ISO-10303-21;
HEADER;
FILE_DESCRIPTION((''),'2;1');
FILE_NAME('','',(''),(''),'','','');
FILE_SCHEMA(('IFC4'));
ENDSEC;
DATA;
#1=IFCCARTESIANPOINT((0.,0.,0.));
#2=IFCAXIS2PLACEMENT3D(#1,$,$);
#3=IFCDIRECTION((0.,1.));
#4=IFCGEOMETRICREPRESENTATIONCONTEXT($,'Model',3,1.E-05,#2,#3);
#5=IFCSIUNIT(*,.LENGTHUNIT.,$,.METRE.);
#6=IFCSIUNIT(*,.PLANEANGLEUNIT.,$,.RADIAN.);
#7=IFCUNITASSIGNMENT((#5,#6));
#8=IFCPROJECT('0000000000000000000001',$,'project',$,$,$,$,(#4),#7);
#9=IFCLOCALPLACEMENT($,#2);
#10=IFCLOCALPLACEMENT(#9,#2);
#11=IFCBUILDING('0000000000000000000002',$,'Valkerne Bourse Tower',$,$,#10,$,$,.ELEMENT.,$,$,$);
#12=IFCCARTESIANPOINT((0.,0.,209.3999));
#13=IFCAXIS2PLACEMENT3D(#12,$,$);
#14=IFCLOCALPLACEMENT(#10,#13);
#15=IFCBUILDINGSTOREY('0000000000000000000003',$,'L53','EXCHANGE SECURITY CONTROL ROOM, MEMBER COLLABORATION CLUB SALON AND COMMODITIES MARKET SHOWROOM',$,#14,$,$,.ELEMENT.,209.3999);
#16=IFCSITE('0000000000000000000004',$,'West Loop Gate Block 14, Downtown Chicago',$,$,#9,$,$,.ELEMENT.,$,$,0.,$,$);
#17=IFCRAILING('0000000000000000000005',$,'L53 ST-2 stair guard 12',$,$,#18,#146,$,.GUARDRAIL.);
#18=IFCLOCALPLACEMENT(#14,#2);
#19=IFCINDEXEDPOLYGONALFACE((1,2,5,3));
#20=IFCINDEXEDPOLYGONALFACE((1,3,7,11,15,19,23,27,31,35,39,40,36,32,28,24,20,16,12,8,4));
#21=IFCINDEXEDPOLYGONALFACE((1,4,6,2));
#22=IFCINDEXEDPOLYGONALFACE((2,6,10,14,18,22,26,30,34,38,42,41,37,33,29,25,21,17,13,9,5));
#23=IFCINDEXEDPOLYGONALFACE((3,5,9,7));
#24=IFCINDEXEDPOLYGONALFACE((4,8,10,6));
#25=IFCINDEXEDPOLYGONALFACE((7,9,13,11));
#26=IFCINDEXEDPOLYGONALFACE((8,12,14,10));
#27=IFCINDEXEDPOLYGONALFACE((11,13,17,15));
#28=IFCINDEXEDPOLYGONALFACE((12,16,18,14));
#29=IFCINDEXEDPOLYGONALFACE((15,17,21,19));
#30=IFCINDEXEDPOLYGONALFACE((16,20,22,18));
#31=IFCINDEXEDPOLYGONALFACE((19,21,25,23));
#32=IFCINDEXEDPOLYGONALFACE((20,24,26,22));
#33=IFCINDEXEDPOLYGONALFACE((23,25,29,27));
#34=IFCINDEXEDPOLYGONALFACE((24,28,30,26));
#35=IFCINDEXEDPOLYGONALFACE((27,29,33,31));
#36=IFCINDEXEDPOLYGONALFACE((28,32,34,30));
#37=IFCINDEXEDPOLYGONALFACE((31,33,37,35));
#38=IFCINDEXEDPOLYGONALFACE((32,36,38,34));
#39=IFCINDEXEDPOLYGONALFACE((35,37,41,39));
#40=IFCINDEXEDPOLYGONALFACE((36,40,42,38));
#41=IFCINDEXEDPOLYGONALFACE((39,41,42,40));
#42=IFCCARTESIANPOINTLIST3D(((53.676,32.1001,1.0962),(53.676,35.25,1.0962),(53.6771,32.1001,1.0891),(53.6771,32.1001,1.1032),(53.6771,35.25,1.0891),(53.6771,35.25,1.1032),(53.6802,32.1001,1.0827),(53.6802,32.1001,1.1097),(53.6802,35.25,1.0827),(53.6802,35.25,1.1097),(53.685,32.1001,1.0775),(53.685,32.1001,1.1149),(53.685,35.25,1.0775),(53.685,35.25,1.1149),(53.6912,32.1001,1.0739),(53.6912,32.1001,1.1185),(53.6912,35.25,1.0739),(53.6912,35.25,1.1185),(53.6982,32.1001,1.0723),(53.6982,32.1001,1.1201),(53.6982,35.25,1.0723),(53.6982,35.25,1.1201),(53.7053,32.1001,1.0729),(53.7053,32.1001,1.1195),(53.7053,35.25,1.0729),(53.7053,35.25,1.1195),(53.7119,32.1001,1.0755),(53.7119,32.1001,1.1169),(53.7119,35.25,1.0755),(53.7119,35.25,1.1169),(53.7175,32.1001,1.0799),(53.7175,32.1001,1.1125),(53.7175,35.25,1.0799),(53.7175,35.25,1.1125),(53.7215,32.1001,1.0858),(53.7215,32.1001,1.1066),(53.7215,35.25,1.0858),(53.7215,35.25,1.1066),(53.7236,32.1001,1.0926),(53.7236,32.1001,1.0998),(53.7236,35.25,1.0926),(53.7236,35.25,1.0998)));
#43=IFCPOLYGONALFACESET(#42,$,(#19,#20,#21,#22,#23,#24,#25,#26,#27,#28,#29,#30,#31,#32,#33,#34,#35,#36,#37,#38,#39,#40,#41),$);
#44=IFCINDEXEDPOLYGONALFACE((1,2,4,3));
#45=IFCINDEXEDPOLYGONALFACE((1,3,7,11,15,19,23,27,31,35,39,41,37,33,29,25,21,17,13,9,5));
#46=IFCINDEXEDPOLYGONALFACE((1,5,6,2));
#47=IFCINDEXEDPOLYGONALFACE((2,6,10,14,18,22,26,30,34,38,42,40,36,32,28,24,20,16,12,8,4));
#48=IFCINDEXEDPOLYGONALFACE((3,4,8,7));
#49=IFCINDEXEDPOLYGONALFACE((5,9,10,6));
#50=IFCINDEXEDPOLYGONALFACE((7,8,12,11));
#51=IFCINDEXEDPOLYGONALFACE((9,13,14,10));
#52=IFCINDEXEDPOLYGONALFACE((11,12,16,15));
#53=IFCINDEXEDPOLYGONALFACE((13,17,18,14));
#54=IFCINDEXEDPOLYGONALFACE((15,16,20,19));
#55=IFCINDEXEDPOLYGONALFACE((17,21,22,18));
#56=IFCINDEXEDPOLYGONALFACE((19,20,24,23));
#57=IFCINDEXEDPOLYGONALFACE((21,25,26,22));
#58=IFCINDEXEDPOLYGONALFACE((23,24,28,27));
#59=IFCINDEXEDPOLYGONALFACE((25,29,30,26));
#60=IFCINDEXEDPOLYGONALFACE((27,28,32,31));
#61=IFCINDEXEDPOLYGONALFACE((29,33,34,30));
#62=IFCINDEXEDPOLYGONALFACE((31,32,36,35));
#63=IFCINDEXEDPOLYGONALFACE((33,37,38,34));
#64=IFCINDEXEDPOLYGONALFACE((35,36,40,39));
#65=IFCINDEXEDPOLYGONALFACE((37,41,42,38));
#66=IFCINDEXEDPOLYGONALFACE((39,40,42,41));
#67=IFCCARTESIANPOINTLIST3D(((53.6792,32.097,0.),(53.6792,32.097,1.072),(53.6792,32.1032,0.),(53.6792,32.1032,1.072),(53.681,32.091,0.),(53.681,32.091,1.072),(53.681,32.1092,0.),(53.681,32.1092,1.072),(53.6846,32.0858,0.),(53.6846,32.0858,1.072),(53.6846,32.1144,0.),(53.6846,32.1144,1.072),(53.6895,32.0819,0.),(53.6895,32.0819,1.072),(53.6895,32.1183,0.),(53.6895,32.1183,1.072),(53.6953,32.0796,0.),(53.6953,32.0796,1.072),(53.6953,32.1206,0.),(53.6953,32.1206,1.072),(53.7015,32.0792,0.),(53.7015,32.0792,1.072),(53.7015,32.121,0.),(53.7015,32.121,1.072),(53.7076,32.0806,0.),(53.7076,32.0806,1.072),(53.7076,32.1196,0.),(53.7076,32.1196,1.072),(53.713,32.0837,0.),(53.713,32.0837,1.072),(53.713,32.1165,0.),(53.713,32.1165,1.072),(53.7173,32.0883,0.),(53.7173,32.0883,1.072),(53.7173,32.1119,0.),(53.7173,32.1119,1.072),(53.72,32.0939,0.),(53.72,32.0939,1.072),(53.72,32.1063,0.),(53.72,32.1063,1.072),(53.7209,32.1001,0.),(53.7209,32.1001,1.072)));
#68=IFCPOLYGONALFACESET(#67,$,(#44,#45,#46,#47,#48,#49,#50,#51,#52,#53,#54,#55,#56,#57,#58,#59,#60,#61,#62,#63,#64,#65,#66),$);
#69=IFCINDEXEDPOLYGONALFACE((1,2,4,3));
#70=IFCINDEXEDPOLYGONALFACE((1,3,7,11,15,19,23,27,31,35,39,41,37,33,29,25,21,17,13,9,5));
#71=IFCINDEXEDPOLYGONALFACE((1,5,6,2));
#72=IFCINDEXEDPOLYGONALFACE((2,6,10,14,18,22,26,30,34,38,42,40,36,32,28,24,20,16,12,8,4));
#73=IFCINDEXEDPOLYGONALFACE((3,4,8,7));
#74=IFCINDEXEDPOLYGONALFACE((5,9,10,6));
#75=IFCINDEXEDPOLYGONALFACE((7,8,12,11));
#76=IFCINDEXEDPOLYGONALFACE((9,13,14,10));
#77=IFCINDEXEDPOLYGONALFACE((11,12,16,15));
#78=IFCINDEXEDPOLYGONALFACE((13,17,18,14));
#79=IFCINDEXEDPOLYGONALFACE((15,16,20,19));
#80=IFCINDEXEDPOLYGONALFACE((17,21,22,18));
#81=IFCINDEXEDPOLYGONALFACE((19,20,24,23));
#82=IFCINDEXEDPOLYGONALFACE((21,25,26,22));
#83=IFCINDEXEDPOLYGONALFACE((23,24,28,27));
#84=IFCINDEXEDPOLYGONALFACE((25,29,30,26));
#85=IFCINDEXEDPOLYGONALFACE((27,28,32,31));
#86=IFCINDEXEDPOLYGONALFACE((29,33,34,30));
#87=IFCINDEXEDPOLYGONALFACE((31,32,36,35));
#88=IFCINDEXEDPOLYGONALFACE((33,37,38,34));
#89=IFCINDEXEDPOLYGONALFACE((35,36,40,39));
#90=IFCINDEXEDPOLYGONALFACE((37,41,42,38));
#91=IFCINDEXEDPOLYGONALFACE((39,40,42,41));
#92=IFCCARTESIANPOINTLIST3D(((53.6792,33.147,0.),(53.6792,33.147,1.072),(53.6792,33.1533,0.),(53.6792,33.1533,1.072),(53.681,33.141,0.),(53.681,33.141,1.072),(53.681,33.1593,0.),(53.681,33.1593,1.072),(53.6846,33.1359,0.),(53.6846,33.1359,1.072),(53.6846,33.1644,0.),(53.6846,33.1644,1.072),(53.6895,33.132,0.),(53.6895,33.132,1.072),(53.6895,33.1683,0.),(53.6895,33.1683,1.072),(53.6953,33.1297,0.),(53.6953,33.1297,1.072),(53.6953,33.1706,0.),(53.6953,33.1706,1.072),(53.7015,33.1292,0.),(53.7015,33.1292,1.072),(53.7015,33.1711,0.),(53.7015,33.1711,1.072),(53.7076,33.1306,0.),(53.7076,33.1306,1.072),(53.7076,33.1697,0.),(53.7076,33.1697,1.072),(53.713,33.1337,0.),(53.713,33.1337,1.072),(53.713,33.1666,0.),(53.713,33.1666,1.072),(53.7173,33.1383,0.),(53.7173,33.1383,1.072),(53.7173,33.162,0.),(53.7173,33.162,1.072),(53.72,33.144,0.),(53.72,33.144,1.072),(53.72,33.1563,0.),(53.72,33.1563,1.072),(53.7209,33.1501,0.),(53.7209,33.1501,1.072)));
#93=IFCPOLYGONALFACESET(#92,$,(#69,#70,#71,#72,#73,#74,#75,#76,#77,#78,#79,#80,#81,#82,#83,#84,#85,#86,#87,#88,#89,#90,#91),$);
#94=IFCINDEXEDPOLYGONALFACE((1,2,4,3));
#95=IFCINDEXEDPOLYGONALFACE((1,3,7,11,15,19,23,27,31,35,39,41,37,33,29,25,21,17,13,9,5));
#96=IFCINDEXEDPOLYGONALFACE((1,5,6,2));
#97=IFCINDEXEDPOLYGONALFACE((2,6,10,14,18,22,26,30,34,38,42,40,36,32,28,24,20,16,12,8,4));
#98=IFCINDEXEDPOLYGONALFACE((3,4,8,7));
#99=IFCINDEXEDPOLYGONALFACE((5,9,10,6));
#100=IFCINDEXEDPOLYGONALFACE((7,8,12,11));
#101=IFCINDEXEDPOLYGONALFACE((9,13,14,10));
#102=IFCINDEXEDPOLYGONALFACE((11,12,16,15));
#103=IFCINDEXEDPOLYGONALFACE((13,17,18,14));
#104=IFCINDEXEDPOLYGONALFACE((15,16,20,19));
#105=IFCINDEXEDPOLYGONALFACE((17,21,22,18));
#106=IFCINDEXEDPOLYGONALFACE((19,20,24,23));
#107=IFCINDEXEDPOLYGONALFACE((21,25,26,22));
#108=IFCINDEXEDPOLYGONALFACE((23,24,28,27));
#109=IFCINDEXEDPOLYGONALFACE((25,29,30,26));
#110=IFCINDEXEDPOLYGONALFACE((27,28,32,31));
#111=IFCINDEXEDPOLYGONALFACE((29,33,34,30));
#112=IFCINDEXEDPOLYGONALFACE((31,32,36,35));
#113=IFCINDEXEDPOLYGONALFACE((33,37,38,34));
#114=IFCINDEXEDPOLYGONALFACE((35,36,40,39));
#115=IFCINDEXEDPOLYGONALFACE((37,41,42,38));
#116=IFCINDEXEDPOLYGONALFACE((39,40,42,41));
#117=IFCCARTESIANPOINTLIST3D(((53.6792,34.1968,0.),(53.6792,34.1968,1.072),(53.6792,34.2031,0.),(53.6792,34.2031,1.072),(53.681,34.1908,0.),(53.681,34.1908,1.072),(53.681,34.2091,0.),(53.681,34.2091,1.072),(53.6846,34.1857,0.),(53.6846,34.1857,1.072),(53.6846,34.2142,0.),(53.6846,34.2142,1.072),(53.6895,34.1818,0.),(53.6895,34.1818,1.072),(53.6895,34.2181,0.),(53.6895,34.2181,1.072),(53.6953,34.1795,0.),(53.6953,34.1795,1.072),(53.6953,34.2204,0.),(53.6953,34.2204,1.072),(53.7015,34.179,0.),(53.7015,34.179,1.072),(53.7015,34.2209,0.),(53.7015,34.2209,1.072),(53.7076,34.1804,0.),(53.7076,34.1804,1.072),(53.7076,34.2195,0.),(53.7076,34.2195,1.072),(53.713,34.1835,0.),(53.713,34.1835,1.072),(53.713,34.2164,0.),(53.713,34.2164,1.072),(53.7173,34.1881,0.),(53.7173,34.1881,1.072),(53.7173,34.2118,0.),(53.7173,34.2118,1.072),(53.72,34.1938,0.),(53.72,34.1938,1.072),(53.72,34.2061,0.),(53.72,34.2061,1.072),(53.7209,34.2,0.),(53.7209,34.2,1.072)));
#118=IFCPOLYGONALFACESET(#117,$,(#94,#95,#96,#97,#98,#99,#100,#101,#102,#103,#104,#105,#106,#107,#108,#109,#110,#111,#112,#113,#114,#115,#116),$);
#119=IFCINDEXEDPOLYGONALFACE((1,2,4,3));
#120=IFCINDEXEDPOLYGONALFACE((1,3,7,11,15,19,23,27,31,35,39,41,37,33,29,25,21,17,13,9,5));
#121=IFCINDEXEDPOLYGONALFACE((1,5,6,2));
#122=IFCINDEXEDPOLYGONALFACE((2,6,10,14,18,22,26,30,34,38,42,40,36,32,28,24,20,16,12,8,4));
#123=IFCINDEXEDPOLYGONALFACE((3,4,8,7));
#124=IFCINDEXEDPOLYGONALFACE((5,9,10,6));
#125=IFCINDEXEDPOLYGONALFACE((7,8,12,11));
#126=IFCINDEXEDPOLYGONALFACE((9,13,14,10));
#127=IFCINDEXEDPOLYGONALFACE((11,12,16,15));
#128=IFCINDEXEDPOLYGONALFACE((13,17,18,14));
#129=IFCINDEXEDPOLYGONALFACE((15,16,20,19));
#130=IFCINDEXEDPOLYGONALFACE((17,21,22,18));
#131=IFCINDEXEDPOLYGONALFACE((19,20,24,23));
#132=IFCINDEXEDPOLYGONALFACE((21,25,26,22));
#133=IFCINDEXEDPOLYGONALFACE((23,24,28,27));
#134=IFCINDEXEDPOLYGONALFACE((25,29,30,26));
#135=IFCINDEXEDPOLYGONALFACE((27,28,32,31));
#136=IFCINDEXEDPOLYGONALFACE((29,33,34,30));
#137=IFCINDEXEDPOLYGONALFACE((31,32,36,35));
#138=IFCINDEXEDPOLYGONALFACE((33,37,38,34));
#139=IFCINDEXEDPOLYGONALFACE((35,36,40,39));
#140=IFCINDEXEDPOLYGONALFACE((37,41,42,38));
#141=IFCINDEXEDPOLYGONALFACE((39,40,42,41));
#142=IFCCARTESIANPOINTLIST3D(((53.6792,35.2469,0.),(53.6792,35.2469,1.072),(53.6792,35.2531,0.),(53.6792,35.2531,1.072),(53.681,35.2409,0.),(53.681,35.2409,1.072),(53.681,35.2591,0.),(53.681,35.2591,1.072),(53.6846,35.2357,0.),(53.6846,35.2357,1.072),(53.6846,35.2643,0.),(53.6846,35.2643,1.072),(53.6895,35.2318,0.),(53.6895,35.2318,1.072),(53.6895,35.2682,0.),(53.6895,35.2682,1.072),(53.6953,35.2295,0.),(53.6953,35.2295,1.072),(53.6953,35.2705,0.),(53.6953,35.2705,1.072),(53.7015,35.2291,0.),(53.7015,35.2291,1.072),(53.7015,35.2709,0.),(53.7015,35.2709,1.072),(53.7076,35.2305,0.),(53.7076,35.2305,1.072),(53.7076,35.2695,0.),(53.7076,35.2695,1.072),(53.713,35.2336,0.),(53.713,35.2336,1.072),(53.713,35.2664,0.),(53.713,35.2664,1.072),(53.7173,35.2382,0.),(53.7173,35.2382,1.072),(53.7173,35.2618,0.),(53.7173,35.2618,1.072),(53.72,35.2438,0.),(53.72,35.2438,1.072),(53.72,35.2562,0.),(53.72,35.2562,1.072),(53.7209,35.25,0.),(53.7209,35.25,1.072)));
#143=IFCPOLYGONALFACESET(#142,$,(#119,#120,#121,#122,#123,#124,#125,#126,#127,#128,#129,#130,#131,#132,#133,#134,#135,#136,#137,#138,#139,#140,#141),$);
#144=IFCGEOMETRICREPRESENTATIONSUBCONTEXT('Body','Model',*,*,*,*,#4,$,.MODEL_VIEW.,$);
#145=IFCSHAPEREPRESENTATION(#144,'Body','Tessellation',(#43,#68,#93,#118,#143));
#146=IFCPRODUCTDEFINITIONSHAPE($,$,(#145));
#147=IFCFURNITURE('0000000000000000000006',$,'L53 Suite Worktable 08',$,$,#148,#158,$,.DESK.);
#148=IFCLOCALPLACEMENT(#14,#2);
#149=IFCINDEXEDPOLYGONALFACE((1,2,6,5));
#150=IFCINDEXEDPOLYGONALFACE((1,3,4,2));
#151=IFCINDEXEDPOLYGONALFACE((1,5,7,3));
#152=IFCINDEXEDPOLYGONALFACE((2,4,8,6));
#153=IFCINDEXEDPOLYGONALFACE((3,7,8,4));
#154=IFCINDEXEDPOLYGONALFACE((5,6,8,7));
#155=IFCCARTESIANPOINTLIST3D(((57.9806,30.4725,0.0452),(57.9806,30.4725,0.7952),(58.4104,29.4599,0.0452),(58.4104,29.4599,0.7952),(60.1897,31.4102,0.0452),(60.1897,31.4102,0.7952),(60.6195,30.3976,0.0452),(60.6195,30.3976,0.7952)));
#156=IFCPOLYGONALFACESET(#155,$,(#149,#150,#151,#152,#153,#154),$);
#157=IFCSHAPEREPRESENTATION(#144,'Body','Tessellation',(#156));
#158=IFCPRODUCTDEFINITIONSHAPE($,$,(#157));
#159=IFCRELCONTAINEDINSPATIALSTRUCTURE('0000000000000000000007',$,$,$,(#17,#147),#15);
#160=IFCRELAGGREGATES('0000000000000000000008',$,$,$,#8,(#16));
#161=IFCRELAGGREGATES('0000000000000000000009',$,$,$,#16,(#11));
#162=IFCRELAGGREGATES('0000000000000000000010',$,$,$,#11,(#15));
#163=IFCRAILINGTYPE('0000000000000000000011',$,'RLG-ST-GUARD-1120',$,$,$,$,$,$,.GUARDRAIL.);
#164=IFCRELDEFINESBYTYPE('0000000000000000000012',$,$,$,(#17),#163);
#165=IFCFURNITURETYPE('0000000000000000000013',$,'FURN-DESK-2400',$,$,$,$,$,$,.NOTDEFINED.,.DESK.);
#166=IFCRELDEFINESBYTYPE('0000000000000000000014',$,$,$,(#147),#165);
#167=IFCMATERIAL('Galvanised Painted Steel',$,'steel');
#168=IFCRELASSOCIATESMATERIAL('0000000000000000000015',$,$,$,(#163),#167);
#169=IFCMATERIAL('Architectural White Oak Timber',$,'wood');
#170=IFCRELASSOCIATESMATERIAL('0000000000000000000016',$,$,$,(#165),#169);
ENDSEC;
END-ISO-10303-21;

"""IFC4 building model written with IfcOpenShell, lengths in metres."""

from ifc_helpers import new_model, si_unit, direction, frame, origin, origin_2d, place, context, subcontext, project, spatial, rectangle, circle, extrude, material, type_object, element, save


model = new_model("IFC4")

# Units and contexts
model_context = context("Model", 3, precision=1e-05, world=origin(), true_north=direction((0.0, 1.0)))
body_context = subcontext(model_context, "Body", "Model", "MODEL_VIEW")
ifc_project = project(units=[si_unit("LENGTHUNIT", "METRE"), si_unit("PLANEANGLEUNIT", "RADIAN")], contexts=[model_context])

# Site, building, storey
site_placement = place(None, origin())
site = spatial("IfcSite", under=ifc_project, at=site_placement, Name="West Loop Gate Block 14, Downtown Chicago", CompositionType="ELEMENT", RefElevation=0.0)
building_placement = place(site_placement, origin())
building = spatial("IfcBuilding", under=site, at=building_placement, Name="Valkerne Bourse Tower", CompositionType="ELEMENT")
storey_placement = place(building_placement, frame((0.0, 0.0, 209.3999)))
storey = spatial("IfcBuildingStorey", under=building, at=storey_placement, Name="L53", Description="EXCHANGE SECURITY CONTROL ROOM, MEMBER COLLABORATION CLUB SALON AND COMMODITIES MARKET SHOWROOM", CompositionType="ELEMENT", Elevation=209.3999)

# Shared definitions
ifc_material_1 = material(Name="Architectural White Oak Timber", Category="wood")

# Railing
ifc_material_2 = material(Name="Galvanised Painted Steel", Category="steel")
railing_type = type_object("IfcRailingType", Name="RLG-ST-GUARD-1120", PredefinedType="GUARDRAIL", material=ifc_material_2)
railing_1_placement = place(storey_placement, frame((53.7, 32.1001, 0.0)))
element("IfcRailing", 1, at=railing_1_placement, inside=storey, type_object=railing_type, Name="L53 ST-2 stair guard 12", PredefinedType="GUARDRAIL", context=body_context, shape_type="SweptSolid", body=[
    extrude(circle(Radius=0.0239, at=origin_2d()), frame((0.0, 0.0, 1.0962), z_axis=(0.0, 1.0, 0.0), x_axis=(-1.0, 0.0, 0.0)), (0.0, 0.0, 1.0), 3.1499),
    extrude(circle(Radius=0.021, at=origin_2d()), origin(), (0.0, 0.0, 1.0), 1.072),
    extrude(circle(Radius=0.021, at=origin_2d()), frame((0.0, 1.05, 0.0)), (0.0, 0.0, 1.0), 1.072),
    extrude(circle(Radius=0.021, at=origin_2d()), frame((0.0, 2.0999, 0.0)), (0.0, 0.0, 1.0), 1.072),
    extrude(circle(Radius=0.021, at=origin_2d()), frame((0.0, 3.1499, 0.0)), (0.0, 0.0, 1.0), 1.072),
])

# Furniture
furniture_type = type_object("IfcFurnitureType", Name="FURN-DESK-2400", AssemblyPlace="NOTDEFINED", PredefinedType="DESK", material=ifc_material_1)
furniture_placement = place(storey_placement, frame((59.3, 30.4351, 0.0452), z_axis=(0.0, 0.0, 1.0), x_axis=(0.920505, 0.390731, 0.0)))
element("IfcFurniture", 2, at=furniture_placement, inside=storey, type_object=furniture_type, Name="L53 Suite Worktable 08", PredefinedType="DESK", context=body_context, shape_type="SweptSolid", body=[
    extrude(rectangle(XDim=2.3999, YDim=1.1001, at=origin_2d()), origin(), (0.0, 0.0, 1.0), 0.75),
])

save(model, "model.ifc")
